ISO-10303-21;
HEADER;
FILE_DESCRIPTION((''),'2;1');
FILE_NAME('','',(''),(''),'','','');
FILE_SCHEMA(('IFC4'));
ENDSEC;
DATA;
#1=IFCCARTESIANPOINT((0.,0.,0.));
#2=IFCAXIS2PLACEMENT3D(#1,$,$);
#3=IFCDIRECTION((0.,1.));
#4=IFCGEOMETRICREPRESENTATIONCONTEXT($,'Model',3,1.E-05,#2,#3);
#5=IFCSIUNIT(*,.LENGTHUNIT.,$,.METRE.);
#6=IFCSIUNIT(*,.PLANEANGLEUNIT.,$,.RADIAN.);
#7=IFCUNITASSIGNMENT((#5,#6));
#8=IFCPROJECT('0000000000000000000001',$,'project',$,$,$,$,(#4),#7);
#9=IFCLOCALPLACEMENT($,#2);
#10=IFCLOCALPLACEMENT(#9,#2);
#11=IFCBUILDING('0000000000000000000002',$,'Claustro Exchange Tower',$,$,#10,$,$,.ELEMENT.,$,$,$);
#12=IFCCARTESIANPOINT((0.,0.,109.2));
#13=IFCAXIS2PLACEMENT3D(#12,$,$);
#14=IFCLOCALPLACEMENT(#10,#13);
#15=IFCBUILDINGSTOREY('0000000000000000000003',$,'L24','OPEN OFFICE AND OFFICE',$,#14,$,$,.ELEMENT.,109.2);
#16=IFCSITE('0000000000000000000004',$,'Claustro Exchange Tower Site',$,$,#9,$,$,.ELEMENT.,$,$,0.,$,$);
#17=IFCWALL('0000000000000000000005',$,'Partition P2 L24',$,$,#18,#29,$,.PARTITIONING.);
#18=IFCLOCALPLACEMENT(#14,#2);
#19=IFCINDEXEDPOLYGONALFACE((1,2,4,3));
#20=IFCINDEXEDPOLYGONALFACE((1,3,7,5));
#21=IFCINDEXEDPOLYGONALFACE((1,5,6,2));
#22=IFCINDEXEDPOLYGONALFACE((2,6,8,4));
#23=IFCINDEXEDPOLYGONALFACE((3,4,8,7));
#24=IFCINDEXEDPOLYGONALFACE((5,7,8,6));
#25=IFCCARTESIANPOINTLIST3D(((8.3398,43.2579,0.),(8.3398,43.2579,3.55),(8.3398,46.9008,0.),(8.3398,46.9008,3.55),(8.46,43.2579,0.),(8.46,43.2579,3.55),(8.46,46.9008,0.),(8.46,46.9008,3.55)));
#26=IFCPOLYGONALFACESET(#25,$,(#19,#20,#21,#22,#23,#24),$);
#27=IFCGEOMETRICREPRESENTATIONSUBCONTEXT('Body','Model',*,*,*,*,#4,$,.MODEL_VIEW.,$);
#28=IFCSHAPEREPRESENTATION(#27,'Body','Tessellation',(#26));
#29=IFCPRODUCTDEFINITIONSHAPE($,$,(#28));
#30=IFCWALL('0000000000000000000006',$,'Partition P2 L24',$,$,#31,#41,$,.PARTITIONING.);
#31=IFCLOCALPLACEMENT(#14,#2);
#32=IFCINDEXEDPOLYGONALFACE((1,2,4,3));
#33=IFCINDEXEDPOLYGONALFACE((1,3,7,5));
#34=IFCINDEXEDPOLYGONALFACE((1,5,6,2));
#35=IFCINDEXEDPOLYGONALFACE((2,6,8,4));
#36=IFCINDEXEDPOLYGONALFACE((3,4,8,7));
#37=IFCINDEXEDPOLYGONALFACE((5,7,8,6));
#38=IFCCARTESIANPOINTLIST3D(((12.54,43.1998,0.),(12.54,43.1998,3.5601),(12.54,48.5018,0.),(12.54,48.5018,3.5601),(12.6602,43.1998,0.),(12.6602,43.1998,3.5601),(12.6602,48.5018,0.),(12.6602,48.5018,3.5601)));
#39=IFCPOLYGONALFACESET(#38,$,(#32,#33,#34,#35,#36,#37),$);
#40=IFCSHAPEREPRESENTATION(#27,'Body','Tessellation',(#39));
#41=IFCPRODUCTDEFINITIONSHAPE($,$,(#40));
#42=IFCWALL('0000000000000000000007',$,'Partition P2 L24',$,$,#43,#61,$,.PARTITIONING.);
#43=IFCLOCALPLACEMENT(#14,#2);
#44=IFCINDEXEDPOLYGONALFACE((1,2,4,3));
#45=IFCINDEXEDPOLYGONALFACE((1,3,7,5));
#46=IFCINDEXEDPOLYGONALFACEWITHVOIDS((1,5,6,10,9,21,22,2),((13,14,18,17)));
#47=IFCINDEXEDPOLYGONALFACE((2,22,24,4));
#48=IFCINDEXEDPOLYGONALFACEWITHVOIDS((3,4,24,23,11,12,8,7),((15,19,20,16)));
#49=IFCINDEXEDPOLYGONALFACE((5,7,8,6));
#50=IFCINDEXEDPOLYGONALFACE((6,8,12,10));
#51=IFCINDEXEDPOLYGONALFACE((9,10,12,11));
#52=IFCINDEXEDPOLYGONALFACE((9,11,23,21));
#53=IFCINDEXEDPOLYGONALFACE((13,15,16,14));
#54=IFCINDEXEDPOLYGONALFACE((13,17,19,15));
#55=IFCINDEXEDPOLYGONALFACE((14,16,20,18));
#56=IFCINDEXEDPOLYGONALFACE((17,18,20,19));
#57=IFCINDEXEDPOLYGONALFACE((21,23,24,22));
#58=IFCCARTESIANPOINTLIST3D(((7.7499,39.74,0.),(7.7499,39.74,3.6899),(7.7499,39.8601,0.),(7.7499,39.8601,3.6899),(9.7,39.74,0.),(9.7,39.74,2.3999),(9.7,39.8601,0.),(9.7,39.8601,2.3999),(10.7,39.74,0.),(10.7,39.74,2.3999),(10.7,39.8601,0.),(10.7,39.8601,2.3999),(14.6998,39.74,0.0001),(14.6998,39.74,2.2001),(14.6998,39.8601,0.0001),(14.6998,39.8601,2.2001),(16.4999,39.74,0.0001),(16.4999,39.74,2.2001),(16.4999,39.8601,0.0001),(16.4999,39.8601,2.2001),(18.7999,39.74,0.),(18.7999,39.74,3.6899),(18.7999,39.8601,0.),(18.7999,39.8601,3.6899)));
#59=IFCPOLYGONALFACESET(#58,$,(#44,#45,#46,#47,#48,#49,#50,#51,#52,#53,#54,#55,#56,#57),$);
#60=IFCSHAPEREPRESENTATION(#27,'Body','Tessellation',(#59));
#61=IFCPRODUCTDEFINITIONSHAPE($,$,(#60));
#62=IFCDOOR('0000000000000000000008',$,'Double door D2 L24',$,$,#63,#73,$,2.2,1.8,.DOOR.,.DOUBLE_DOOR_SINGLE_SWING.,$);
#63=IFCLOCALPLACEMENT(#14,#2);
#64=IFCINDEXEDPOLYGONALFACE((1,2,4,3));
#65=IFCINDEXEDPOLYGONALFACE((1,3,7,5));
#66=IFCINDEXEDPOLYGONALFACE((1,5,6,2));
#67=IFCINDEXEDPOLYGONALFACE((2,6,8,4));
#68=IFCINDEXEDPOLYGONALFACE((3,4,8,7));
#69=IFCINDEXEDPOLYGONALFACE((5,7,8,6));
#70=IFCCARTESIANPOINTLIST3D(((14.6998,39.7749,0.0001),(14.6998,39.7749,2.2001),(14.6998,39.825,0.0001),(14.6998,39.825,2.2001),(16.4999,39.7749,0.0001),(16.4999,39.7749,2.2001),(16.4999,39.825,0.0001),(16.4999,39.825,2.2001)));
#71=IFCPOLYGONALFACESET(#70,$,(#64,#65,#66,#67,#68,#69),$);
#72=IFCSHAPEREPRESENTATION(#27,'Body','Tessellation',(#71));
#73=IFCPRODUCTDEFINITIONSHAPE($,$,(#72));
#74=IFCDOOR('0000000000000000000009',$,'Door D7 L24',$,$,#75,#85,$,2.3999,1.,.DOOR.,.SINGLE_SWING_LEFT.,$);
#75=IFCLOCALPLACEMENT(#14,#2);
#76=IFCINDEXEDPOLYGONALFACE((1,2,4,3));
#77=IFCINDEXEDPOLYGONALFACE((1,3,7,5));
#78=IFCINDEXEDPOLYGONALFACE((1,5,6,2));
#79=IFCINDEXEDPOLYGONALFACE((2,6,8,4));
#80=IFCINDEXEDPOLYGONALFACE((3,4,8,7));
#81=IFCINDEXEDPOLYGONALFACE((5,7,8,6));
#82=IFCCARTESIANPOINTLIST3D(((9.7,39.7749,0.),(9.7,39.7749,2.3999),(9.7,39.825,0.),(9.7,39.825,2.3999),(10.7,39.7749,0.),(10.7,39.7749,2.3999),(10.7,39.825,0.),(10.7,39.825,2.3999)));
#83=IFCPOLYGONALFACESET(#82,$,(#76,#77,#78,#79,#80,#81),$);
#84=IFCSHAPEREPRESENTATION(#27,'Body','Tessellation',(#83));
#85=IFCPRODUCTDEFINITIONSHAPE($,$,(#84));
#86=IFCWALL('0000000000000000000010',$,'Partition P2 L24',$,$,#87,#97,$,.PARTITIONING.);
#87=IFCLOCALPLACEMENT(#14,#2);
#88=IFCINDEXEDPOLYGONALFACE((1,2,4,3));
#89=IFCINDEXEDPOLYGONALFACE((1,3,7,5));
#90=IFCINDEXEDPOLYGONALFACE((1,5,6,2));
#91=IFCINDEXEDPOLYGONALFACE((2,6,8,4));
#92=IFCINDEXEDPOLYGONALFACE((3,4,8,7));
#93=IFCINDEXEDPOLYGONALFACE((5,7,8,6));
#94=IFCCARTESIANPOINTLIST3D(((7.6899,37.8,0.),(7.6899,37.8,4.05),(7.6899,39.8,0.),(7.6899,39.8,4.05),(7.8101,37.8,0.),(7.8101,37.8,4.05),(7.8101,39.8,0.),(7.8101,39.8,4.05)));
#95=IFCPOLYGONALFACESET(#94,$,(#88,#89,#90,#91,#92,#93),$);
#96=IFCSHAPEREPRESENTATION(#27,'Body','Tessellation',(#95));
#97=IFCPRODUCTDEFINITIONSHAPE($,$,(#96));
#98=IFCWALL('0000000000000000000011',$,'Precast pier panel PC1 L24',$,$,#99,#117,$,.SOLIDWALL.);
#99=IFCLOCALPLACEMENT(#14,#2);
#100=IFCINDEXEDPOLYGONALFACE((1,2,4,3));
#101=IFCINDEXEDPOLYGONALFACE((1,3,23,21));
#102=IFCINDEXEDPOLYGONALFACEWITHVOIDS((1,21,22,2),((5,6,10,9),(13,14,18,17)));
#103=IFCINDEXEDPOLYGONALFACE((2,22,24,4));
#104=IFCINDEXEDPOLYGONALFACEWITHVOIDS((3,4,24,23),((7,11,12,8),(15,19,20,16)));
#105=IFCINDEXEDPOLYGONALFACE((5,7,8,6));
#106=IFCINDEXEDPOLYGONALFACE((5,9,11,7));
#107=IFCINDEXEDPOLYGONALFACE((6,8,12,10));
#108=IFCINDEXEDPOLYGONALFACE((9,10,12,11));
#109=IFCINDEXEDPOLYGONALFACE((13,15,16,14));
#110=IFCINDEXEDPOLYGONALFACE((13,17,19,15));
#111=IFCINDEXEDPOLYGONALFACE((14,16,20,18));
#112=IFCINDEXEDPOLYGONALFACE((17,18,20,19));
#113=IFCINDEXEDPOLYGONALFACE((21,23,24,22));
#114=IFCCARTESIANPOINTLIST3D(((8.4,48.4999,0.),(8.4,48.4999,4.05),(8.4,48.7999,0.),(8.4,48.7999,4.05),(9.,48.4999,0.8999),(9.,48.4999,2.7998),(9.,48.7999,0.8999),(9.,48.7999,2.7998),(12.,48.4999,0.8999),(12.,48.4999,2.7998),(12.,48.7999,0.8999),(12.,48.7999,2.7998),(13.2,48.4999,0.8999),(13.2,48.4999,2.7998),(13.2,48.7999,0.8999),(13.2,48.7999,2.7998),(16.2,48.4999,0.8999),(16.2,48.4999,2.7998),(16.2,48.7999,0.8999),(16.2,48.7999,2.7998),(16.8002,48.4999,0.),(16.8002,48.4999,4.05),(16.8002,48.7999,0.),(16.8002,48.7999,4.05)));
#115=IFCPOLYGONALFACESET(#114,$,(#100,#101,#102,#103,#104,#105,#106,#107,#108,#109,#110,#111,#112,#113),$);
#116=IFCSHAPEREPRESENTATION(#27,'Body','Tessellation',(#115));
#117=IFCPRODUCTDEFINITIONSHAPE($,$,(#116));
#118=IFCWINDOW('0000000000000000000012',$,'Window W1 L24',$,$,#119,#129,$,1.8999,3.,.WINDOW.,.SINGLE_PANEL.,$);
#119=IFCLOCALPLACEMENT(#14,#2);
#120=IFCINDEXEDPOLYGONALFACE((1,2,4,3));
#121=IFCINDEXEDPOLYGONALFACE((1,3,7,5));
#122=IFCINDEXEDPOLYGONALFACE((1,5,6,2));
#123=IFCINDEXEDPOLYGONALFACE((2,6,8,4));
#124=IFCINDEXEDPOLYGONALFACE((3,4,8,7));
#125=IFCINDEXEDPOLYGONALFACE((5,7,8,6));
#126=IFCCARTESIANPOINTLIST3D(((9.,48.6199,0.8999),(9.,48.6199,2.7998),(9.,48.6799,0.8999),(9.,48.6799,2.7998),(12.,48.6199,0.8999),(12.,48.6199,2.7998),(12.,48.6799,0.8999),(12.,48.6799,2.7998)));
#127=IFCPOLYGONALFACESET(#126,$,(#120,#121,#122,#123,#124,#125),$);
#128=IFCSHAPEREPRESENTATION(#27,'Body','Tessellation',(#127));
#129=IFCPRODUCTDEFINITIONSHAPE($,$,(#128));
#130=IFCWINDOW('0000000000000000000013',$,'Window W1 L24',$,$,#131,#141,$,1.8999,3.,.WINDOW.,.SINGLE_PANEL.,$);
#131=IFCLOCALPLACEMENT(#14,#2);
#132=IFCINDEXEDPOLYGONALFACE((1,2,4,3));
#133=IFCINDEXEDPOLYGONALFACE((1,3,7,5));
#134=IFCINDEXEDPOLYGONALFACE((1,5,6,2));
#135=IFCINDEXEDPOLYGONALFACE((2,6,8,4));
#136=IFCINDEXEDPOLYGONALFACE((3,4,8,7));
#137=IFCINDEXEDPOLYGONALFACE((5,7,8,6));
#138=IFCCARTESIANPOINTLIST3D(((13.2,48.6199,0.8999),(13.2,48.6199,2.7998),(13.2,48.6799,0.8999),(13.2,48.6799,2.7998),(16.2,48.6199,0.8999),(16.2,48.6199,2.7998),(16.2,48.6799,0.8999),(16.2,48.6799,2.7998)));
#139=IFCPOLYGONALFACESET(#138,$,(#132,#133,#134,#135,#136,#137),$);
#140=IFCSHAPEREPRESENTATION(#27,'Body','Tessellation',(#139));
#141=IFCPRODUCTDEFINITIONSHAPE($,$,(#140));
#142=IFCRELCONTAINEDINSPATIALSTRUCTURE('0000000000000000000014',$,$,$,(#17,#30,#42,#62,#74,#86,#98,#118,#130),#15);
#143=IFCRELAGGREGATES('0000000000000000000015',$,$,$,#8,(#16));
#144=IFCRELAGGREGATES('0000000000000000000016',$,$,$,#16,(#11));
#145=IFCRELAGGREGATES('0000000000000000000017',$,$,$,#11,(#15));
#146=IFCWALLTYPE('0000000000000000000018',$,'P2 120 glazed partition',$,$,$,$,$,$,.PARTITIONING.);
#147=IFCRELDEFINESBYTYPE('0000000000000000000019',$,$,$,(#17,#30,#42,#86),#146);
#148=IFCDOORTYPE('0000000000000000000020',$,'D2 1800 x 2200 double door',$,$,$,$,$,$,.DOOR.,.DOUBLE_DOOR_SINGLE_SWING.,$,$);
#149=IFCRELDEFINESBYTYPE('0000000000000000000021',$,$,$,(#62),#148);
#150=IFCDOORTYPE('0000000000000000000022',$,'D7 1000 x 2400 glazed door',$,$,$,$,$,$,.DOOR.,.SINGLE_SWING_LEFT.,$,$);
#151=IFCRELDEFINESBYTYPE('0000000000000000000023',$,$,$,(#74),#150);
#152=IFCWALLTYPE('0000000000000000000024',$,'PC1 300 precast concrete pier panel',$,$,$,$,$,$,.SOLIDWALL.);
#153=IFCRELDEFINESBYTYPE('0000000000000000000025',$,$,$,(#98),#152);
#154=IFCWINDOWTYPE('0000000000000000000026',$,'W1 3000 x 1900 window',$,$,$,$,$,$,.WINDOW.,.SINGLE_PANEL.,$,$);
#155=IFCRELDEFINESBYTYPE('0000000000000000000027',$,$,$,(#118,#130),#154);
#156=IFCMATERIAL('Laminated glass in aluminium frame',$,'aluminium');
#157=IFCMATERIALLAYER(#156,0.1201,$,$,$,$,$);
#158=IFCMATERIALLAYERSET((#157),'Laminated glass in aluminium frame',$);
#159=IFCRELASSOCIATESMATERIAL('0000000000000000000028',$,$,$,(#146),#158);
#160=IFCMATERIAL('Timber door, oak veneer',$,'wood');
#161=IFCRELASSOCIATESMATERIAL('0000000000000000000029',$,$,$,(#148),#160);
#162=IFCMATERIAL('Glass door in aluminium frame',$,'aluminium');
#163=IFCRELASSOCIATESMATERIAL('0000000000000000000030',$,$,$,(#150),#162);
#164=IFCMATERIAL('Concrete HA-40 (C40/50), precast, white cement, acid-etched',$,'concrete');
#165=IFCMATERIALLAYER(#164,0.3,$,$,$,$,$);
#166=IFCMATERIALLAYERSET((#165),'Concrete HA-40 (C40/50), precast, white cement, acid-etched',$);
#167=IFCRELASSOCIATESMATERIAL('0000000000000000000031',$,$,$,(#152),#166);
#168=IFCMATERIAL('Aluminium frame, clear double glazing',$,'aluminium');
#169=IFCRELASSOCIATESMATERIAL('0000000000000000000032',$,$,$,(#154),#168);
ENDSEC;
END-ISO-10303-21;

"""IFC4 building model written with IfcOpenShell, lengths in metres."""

from ifc_helpers import new_model, si_unit, direction, frame, frame_2d, origin, place, context, subcontext, project, spatial, rectangle, extrude, material, layer, layer_set, type_object, element, fill, save


model = new_model("IFC4")

# Units and contexts
model_context = context("Model", 3, precision=1e-05, world=origin(), true_north=direction((0.0, 1.0)))
body_context = subcontext(model_context, "Body", "Model", "MODEL_VIEW")
ifc_project = project(units=[si_unit("LENGTHUNIT", "METRE"), si_unit("PLANEANGLEUNIT", "RADIAN")], contexts=[model_context])

# Site, building, storey
site_placement = place(None, origin())
site = spatial("IfcSite", under=ifc_project, at=site_placement, Name="Claustro Exchange Tower Site", CompositionType="ELEMENT", RefElevation=0.0)
building_placement = place(site_placement, origin())
building = spatial("IfcBuilding", under=site, at=building_placement, Name="Claustro Exchange Tower", CompositionType="ELEMENT")
storey_placement = place(building_placement, frame((0.0, 0.0, 109.2)))
storey = spatial("IfcBuildingStorey", under=building, at=storey_placement, Name="L24", Description="OPEN OFFICE AND OFFICE", CompositionType="ELEMENT", Elevation=109.2)

# Walls
ifc_material_1 = material(Name="Laminated glass in aluminium frame", Category="aluminium")
ifc_layer_1 = layer(ifc_material_1, 0.1201)
ifc_layer_set_1 = layer_set([ifc_layer_1], Name="Laminated glass in aluminium frame")
wall_type_1 = type_object("IfcWallType", Name="P2 120 glazed partition", PredefinedType="PARTITIONING", material=ifc_layer_set_1)
wall_1_placement = place(storey_placement, frame((8.3999, 43.2581, 0.0), z_axis=(0.0, 0.0, 1.0), x_axis=(0.0, 1.0, 0.0)))
element("IfcWall", 1, at=wall_1_placement, inside=storey, type_object=wall_type_1, Name="Partition P2 L24", PredefinedType="PARTITIONING", context=body_context, shape_type="SweptSolid", body=[
    extrude(rectangle(XDim=3.6428, YDim=0.1201, at=frame_2d((1.8213, 0.0))), origin(), (0.0, 0.0, 1.0), 3.55),
])
wall_2_placement = place(storey_placement, frame((12.6001, 43.2, 0.0), z_axis=(0.0, 0.0, 1.0), x_axis=(0.0, 1.0, 0.0)))
element("IfcWall", 2, at=wall_2_placement, inside=storey, type_object=wall_type_1, Name="Partition P2 L24", PredefinedType="PARTITIONING", context=body_context, shape_type="SweptSolid", body=[
    extrude(rectangle(XDim=5.302, YDim=0.1201, at=frame_2d((2.6509, 0.0))), origin(), (0.0, 0.0, 1.0), 3.5601),
])

# Wall, openings, doors
wall_3_placement = place(storey_placement, frame((7.75, 39.8, 0.0), z_axis=(0.0, 0.0, 1.0), x_axis=(1.0, 0.0, 0.0)))
wall_3 = element("IfcWall", 3, at=wall_3_placement, inside=storey, type_object=wall_type_1, Name="Partition P2 L24", PredefinedType="PARTITIONING", context=body_context, shape_type="SweptSolid", body=[
    extrude(rectangle(XDim=11.05, YDim=0.1201, at=frame_2d((5.5249, 0.0))), origin(), (0.0, 0.0, 1.0), 3.6899),
])
opening_1_placement = place(wall_3_placement, frame((1.95, 0.0, 0.0)))
opening_1 = element("IfcOpeningElement", 4, at=opening_1_placement, cuts=wall_3, PredefinedType="OPENING", context=body_context, shape_type="SweptSolid", body=[
    extrude(rectangle(XDim=1.0, YDim=2.3999, at=frame_2d((0.5, 1.2))), frame((0.0, 0.0701, 0.0), z_axis=(0.0, -1.0, 0.0), x_axis=(1.0, 0.0, 0.0)), (0.0, 0.0, 1.0), 0.1401),
])
opening_2_placement = place(wall_3_placement, frame((6.95, 0.0, 0.0)))
opening_2 = element("IfcOpeningElement", 5, at=opening_2_placement, cuts=wall_3, PredefinedType="OPENING", context=body_context, shape_type="SweptSolid", body=[
    extrude(rectangle(XDim=1.8, YDim=2.2, at=frame_2d((0.8999, 1.1001))), frame((0.0, 0.0701, 0.0), z_axis=(0.0, -1.0, 0.0), x_axis=(1.0, 0.0, 0.0)), (0.0, 0.0, 1.0), 0.1401),
])
ifc_material_2 = material(Name="Timber door, oak veneer", Category="wood")
door_type_1 = type_object("IfcDoorType", Name="D2 1800 x 2200 double door", OperationType="DOUBLE_DOOR_SINGLE_SWING", PredefinedType="DOOR", material=ifc_material_2)
door_1_placement = place(opening_2_placement, origin())
door_1 = element("IfcDoor", 6, at=door_1_placement, inside=storey, type_object=door_type_1, Name="Double door D2 L24", OperationType="DOUBLE_DOOR_SINGLE_SWING", OverallHeight=2.2, OverallWidth=1.8, PredefinedType="DOOR", context=body_context, shape_type="SweptSolid", body=[
    extrude(rectangle(XDim=1.8, YDim=2.2, at=frame_2d((0.8999, 1.1001))), frame((0.0, 0.0249, 0.0), z_axis=(0.0, -1.0, 0.0), x_axis=(1.0, 0.0, 0.0)), (0.0, 0.0, 1.0), 0.05),
])
fill(opening_2, door_1)
ifc_material_3 = material(Name="Glass door in aluminium frame", Category="aluminium")
door_type_2 = type_object("IfcDoorType", Name="D7 1000 x 2400 glazed door", OperationType="SINGLE_SWING_LEFT", PredefinedType="DOOR", material=ifc_material_3)
door_2_placement = place(opening_1_placement, origin())
door_2 = element("IfcDoor", 7, at=door_2_placement, inside=storey, type_object=door_type_2, Name="Door D7 L24", OperationType="SINGLE_SWING_LEFT", OverallHeight=2.3999, OverallWidth=1.0, PredefinedType="DOOR", context=body_context, shape_type="SweptSolid", body=[
    extrude(rectangle(XDim=1.0, YDim=2.3999, at=frame_2d((0.5, 1.2))), frame((0.0, 0.0249, 0.0), z_axis=(0.0, -1.0, 0.0), x_axis=(1.0, 0.0, 0.0)), (0.0, 0.0, 1.0), 0.05),
])
fill(opening_1, door_2)

# Wall
wall_4_placement = place(storey_placement, frame((7.75, 37.8, 0.0), z_axis=(0.0, 0.0, 1.0), x_axis=(0.0, 1.0, 0.0)))
element("IfcWall", 8, at=wall_4_placement, inside=storey, type_object=wall_type_1, Name="Partition P2 L24", PredefinedType="PARTITIONING", context=body_context, shape_type="SweptSolid", body=[
    extrude(rectangle(XDim=2.0, YDim=0.1201, at=frame_2d((1.0, 0.0))), origin(), (0.0, 0.0, 1.0), 4.05),
])

# Wall, openings, windows
ifc_material_4 = material(Name="Concrete HA-40 (C40/50), precast, white cement, acid-etched", Category="concrete")
ifc_layer_2 = layer(ifc_material_4, 0.3)
ifc_layer_set_2 = layer_set([ifc_layer_2], Name="Concrete HA-40 (C40/50), precast, white cement, acid-etched")
wall_type_2 = type_object("IfcWallType", Name="PC1 300 precast concrete pier panel", PredefinedType="SOLIDWALL", material=ifc_layer_set_2)
wall_5_placement = place(storey_placement, frame((8.3999, 48.6499, 0.0), z_axis=(0.0, 0.0, 1.0), x_axis=(1.0, 0.0, 0.0)))
wall_5 = element("IfcWall", 9, at=wall_5_placement, inside=storey, type_object=wall_type_2, Name="Precast pier panel PC1 L24", PredefinedType="SOLIDWALL", context=body_context, shape_type="SweptSolid", body=[
    extrude(rectangle(XDim=8.4001, YDim=0.3, at=frame_2d((4.2002, 0.0))), origin(), (0.0, 0.0, 1.0), 4.05),
])
opening_3_placement = place(wall_5_placement, frame((0.6001, 0.0, 0.8999)))
opening_3 = element("IfcOpeningElement", 10, at=opening_3_placement, cuts=wall_5, PredefinedType="OPENING", context=body_context, shape_type="SweptSolid", body=[
    extrude(rectangle(XDim=3.0, YDim=1.8999, at=frame_2d((1.5, 0.95))), frame((0.0, 0.1599, 0.0), z_axis=(0.0, -1.0, 0.0), x_axis=(1.0, 0.0, 0.0)), (0.0, 0.0, 1.0), 0.3201),
])
opening_4_placement = place(wall_5_placement, frame((4.8, 0.0, 0.8999)))
opening_4 = element("IfcOpeningElement", 11, at=opening_4_placement, cuts=wall_5, PredefinedType="OPENING", context=body_context, shape_type="SweptSolid", body=[
    extrude(rectangle(XDim=3.0, YDim=1.8999, at=frame_2d((1.5, 0.95))), frame((0.0, 0.1599, 0.0), z_axis=(0.0, -1.0, 0.0), x_axis=(1.0, 0.0, 0.0)), (0.0, 0.0, 1.0), 0.3201),
])
ifc_material_5 = material(Name="Aluminium frame, clear double glazing", Category="aluminium")
window_type = type_object("IfcWindowType", Name="W1 3000 x 1900 window", PartitioningType="SINGLE_PANEL", PredefinedType="WINDOW", material=ifc_material_5)
window_1_placement = place(opening_3_placement, origin())
window_1 = element("IfcWindow", 12, at=window_1_placement, inside=storey, type_object=window_type, Name="Window W1 L24", OverallHeight=1.8999, OverallWidth=3.0, PartitioningType="SINGLE_PANEL", PredefinedType="WINDOW", context=body_context, shape_type="SweptSolid", body=[
    extrude(rectangle(XDim=3.0, YDim=1.8999, at=frame_2d((1.5, 0.95))), frame((0.0, 0.03, 0.0), z_axis=(0.0, -1.0, 0.0), x_axis=(1.0, 0.0, 0.0)), (0.0, 0.0, 1.0), 0.0601),
])
fill(opening_3, window_1)
window_2_placement = place(opening_4_placement, origin())
window_2 = element("IfcWindow", 13, at=window_2_placement, inside=storey, type_object=window_type, Name="Window W1 L24", OverallHeight=1.8999, OverallWidth=3.0, PartitioningType="SINGLE_PANEL", PredefinedType="WINDOW", context=body_context, shape_type="SweptSolid", body=[
    extrude(rectangle(XDim=3.0, YDim=1.8999, at=frame_2d((1.5, 0.95))), frame((0.0, 0.03, 0.0), z_axis=(0.0, -1.0, 0.0), x_axis=(1.0, 0.0, 0.0)), (0.0, 0.0, 1.0), 0.0601),
])
fill(opening_4, window_2)

save(model, "model.ifc")
